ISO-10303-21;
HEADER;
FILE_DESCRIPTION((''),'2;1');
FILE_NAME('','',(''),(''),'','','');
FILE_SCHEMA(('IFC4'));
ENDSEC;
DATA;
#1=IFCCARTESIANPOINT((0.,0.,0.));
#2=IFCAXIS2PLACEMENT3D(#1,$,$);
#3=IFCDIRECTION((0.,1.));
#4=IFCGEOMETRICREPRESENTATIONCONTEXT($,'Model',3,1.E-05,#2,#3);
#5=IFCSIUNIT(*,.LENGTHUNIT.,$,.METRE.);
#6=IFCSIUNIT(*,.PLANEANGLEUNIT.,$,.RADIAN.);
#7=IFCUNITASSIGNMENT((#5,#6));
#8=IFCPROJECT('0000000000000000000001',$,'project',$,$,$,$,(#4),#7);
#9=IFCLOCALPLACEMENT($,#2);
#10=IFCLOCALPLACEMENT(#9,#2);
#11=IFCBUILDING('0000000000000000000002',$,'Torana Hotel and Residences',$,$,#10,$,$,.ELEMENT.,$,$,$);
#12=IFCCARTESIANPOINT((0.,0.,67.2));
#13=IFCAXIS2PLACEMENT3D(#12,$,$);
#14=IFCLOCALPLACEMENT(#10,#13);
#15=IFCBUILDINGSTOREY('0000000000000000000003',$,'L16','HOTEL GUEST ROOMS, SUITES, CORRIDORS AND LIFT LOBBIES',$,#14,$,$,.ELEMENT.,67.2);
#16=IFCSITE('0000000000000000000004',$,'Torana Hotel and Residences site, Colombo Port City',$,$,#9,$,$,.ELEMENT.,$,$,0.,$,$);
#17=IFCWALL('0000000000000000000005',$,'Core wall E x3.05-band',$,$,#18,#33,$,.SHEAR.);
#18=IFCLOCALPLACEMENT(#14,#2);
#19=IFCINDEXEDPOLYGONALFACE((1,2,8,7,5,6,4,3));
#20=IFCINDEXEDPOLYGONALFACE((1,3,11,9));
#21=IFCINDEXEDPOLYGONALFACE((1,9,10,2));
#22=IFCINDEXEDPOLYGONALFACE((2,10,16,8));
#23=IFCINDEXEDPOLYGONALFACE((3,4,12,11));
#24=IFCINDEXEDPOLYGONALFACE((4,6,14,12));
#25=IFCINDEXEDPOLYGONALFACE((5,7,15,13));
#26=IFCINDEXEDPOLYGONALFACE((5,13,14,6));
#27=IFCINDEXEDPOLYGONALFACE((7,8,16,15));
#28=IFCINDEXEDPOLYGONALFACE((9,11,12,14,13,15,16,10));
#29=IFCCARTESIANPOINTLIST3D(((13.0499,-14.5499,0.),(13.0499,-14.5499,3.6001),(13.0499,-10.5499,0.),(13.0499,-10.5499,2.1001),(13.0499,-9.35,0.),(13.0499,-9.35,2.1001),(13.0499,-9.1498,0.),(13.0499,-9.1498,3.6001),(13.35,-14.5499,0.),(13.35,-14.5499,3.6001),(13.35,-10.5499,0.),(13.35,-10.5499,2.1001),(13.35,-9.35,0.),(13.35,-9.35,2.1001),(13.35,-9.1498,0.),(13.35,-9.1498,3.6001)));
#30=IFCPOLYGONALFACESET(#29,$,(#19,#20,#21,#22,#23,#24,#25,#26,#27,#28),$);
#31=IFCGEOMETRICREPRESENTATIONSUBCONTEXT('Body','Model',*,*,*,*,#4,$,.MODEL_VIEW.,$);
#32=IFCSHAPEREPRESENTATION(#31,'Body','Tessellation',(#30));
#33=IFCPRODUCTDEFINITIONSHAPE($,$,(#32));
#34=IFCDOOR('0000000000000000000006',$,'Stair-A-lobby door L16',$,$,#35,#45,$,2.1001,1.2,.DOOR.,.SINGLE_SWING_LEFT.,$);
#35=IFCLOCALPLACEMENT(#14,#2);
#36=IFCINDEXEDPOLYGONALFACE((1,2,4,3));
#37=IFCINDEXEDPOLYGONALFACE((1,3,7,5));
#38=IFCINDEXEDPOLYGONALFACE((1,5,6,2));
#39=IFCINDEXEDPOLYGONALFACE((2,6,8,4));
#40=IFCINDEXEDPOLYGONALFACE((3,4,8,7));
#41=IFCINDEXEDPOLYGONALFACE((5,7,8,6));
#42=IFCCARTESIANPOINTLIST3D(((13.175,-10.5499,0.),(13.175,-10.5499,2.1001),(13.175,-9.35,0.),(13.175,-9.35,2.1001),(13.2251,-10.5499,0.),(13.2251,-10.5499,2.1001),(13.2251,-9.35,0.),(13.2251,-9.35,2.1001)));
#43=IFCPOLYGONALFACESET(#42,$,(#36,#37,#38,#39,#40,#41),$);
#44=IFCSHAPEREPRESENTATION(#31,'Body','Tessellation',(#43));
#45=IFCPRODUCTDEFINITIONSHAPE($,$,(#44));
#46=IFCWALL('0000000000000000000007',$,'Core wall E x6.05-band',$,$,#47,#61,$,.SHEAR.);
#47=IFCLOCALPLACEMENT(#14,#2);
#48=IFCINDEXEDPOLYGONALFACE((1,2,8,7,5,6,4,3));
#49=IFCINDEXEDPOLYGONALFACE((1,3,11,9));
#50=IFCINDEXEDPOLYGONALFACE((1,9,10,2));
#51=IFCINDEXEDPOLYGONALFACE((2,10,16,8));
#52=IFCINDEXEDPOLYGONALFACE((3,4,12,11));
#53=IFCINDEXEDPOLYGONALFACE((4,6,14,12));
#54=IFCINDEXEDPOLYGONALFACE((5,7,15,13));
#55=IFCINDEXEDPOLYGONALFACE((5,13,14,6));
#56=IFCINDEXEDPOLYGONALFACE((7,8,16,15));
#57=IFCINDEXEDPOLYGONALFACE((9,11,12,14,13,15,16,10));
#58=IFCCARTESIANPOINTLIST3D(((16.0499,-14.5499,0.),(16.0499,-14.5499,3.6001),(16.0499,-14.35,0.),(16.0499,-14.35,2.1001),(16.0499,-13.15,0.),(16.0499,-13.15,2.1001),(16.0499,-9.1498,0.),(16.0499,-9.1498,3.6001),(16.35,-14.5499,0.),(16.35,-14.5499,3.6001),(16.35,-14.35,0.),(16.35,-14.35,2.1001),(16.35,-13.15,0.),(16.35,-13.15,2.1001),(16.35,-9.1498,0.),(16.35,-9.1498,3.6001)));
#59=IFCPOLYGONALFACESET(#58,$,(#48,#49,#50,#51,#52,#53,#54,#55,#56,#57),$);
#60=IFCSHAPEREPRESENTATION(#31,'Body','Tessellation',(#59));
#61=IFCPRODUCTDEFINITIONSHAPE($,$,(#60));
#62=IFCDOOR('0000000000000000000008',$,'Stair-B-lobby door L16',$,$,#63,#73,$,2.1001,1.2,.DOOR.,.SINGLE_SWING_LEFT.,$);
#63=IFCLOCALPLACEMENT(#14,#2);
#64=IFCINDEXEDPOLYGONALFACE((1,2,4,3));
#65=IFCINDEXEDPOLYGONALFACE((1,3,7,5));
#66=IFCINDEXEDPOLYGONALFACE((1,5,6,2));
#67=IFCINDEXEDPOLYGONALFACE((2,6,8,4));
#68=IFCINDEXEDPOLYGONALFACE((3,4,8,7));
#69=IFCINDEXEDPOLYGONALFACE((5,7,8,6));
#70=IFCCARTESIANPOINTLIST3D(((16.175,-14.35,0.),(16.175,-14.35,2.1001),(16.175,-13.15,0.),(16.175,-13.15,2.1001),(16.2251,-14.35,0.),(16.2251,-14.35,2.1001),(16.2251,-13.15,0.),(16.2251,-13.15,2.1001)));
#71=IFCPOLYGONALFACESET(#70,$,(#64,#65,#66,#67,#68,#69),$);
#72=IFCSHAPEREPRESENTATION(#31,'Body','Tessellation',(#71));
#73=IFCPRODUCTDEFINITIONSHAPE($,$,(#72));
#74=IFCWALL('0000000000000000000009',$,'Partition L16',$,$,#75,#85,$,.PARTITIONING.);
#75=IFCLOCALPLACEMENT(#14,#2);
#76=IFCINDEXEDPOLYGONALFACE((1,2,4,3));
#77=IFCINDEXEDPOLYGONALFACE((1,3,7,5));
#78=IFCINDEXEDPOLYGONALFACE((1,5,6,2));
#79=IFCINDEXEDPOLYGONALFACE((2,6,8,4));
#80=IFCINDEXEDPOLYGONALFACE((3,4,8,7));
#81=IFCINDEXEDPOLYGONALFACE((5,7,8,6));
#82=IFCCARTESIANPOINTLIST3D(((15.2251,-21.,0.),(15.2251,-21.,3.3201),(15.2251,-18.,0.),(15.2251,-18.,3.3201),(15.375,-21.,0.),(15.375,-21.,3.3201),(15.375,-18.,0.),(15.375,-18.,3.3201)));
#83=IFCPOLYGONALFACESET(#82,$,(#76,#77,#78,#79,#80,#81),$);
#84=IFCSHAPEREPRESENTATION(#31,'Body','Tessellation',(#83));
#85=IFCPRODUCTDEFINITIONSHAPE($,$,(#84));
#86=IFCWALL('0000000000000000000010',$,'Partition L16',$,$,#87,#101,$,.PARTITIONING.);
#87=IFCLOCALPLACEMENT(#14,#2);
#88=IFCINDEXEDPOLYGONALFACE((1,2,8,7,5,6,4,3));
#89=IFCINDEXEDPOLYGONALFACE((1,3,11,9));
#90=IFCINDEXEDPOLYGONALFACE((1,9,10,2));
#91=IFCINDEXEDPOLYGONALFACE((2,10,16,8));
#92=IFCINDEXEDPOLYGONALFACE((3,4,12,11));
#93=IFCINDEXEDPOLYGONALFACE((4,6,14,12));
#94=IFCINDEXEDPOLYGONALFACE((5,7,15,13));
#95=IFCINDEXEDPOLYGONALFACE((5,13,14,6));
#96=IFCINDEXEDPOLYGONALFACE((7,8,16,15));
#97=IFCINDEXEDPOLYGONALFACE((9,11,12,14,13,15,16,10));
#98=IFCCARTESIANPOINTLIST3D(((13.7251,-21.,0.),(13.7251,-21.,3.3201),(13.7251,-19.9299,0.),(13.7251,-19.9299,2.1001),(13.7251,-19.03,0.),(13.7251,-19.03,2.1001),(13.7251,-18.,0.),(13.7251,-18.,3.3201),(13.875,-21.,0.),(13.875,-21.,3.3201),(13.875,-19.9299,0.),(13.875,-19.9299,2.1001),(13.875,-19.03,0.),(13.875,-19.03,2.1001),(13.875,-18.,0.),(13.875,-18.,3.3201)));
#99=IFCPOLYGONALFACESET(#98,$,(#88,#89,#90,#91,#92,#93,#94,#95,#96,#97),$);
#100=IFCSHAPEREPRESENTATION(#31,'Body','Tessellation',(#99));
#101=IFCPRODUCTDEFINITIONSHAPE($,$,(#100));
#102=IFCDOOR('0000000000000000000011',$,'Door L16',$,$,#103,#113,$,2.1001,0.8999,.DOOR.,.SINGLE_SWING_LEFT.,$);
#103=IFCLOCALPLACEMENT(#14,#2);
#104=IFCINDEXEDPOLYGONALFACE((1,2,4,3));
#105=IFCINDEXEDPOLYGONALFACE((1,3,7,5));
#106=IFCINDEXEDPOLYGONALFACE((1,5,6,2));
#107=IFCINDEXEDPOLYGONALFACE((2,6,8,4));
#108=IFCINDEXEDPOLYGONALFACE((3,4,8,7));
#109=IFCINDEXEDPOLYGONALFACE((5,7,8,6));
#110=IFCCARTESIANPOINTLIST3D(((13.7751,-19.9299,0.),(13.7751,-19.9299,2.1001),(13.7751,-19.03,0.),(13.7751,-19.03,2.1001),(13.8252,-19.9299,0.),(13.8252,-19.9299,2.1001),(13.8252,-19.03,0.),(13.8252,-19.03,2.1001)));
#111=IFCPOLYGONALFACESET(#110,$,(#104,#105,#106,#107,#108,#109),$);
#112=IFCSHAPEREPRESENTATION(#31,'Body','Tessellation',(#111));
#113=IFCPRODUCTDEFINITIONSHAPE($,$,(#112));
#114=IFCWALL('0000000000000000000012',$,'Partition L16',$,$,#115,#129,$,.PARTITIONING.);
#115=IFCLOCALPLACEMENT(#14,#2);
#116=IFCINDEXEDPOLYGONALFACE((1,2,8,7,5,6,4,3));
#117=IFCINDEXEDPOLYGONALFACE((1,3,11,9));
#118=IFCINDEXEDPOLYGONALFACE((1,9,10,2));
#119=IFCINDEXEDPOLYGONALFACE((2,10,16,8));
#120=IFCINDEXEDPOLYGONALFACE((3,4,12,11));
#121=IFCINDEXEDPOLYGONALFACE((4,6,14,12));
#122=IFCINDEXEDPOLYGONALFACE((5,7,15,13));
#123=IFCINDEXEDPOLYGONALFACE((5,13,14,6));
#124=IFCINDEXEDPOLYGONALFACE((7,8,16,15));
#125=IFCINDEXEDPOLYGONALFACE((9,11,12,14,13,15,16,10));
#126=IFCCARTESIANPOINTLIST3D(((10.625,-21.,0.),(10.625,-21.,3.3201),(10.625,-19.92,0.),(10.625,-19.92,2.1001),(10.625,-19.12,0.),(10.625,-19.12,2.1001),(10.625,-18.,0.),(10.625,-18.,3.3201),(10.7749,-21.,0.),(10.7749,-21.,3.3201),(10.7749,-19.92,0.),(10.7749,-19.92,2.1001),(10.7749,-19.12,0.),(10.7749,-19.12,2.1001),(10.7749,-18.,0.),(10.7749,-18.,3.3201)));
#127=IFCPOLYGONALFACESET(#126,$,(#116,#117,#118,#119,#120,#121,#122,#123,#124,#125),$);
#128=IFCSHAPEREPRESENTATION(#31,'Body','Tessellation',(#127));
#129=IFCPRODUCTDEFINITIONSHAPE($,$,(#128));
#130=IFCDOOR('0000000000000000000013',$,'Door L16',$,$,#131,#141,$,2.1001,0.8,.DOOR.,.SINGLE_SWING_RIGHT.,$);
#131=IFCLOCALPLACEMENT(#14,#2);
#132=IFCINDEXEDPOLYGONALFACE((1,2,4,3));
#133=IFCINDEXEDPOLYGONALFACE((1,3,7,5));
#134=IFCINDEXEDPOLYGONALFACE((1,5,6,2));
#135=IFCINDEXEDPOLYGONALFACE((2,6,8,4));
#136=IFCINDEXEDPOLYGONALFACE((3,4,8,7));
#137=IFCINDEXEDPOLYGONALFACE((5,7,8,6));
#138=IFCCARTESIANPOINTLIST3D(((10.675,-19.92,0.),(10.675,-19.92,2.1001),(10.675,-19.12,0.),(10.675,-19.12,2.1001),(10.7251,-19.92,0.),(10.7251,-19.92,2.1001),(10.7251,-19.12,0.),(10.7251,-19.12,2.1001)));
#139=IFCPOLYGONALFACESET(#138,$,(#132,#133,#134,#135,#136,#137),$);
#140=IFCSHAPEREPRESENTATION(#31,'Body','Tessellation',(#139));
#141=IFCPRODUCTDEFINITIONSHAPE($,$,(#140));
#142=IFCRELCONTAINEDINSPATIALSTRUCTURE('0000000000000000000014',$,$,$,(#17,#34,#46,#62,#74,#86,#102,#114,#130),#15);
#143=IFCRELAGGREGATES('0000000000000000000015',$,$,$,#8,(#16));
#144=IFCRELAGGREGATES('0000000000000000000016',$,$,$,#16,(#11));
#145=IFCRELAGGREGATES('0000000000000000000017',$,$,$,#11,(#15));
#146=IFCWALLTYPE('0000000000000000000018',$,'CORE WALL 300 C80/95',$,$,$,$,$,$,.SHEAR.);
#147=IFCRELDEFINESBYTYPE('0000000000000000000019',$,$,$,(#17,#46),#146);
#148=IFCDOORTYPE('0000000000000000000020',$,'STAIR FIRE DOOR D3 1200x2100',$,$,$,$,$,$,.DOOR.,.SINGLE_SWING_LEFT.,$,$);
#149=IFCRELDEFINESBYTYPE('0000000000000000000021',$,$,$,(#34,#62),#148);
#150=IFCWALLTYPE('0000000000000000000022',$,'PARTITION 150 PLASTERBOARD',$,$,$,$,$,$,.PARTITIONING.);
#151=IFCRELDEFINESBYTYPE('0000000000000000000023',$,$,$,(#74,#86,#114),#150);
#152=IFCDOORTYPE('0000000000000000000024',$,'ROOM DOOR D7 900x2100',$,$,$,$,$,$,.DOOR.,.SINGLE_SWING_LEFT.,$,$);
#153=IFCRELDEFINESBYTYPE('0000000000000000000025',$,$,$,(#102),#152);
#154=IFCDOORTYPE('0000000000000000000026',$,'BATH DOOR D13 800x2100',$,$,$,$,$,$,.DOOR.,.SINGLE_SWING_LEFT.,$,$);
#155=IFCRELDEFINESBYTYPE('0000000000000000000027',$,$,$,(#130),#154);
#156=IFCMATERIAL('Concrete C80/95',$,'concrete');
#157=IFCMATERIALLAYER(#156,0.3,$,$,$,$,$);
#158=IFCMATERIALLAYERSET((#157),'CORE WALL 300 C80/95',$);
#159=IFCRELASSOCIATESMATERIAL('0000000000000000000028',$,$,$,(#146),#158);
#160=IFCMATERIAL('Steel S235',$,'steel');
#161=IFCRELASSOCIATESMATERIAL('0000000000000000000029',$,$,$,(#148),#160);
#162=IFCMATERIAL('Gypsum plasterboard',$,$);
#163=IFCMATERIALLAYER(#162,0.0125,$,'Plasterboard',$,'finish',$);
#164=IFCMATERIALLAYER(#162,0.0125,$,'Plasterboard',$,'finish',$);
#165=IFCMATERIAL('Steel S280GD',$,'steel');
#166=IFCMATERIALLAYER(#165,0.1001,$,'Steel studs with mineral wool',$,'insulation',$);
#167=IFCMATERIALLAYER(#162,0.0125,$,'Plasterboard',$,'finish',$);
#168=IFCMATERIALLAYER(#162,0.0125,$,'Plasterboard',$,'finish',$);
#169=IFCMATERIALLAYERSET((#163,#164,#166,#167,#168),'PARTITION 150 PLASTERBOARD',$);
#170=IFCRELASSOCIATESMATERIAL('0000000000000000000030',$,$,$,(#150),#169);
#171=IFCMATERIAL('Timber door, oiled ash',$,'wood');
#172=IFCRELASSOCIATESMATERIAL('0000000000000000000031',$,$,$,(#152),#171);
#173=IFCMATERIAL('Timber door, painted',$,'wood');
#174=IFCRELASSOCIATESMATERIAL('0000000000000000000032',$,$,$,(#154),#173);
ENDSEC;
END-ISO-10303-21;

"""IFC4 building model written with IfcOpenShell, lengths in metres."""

from ifc_helpers import new_model, si_unit, direction, frame, frame_2d, origin, place, context, subcontext, project, spatial, rectangle, extrude, material, layer, layer_set, type_object, element, fill, save


model = new_model("IFC4")

# Units and contexts
model_context = context("Model", 3, precision=1e-05, world=origin(), true_north=direction((0.0, 1.0)))
body_context = subcontext(model_context, "Body", "Model", "MODEL_VIEW")
ifc_project = project(units=[si_unit("LENGTHUNIT", "METRE"), si_unit("PLANEANGLEUNIT", "RADIAN")], contexts=[model_context])

# Site, building, storey
site_placement = place(None, origin())
site = spatial("IfcSite", under=ifc_project, at=site_placement, Name="Torana Hotel and Residences site, Colombo Port City", CompositionType="ELEMENT", RefElevation=0.0)
building_placement = place(site_placement, origin())
building = spatial("IfcBuilding", under=site, at=building_placement, Name="Torana Hotel and Residences", CompositionType="ELEMENT")
storey_placement = place(building_placement, frame((0.0, 0.0, 67.2)))
storey = spatial("IfcBuildingStorey", under=building, at=storey_placement, Name="L16", Description="HOTEL GUEST ROOMS, SUITES, CORRIDORS AND LIFT LOBBIES", CompositionType="ELEMENT", Elevation=67.2)

# Walls, openings, doors
ifc_material_1 = material(Name="Concrete C80/95", Category="concrete")
ifc_layer_1 = layer(ifc_material_1, 0.3)
ifc_layer_set_1 = layer_set([ifc_layer_1], Name="CORE WALL 300 C80/95")
wall_type_1 = type_object("IfcWallType", Name="CORE WALL 300 C80/95", PredefinedType="SHEAR", material=ifc_layer_set_1)
wall_1_placement = place(storey_placement, frame((13.2, -14.55, 0.0), z_axis=(0.0, 0.0, 1.0), x_axis=(0.0, 1.0, 0.0)))
wall_1 = element("IfcWall", 1, at=wall_1_placement, inside=storey, type_object=wall_type_1, Name="Core wall E x3.05-band", PredefinedType="SHEAR", context=body_context, shape_type="SweptSolid", body=[
    extrude(rectangle(XDim=5.4001, YDim=0.3, at=frame_2d((2.7002, 0.0))), origin(), (0.0, 0.0, 1.0), 3.6001),
])
opening_1_placement = place(wall_1_placement, frame((4.0, 0.0, 0.0)))
opening_1 = element("IfcOpeningElement", 2, at=opening_1_placement, cuts=wall_1, PredefinedType="OPENING", context=body_context, shape_type="SweptSolid", body=[
    extrude(rectangle(XDim=1.2, YDim=2.1001, at=frame_2d((0.6001, 1.05))), frame((0.0, 0.1599, 0.0), z_axis=(0.0, -1.0, 0.0), x_axis=(1.0, 0.0, 0.0)), (0.0, 0.0, 1.0), 0.3201),
])
ifc_material_2 = material(Name="Steel S235", Category="steel")
door_type_1 = type_object("IfcDoorType", Name="STAIR FIRE DOOR D3 1200x2100", OperationType="SINGLE_SWING_LEFT", PredefinedType="DOOR", material=ifc_material_2)
door_1_placement = place(opening_1_placement, origin())
door_1 = element("IfcDoor", 3, at=door_1_placement, inside=storey, type_object=door_type_1, Name="Stair-A-lobby door L16", OperationType="SINGLE_SWING_LEFT", OverallHeight=2.1001, OverallWidth=1.2, PredefinedType="DOOR", context=body_context, shape_type="SweptSolid", body=[
    extrude(rectangle(XDim=1.2, YDim=2.1001, at=frame_2d((0.6001, 1.05))), frame((0.0, 0.0249, 0.0), z_axis=(0.0, -1.0, 0.0), x_axis=(1.0, 0.0, 0.0)), (0.0, 0.0, 1.0), 0.05),
])
fill(opening_1, door_1)
wall_2_placement = place(storey_placement, frame((16.2, -14.55, 0.0), z_axis=(0.0, 0.0, 1.0), x_axis=(0.0, 1.0, 0.0)))
wall_2 = element("IfcWall", 4, at=wall_2_placement, inside=storey, type_object=wall_type_1, Name="Core wall E x6.05-band", PredefinedType="SHEAR", context=body_context, shape_type="SweptSolid", body=[
    extrude(rectangle(XDim=5.4001, YDim=0.3, at=frame_2d((2.7002, 0.0))), origin(), (0.0, 0.0, 1.0), 3.6001),
])
opening_2_placement = place(wall_2_placement, frame((0.2, 0.0, 0.0)))
opening_2 = element("IfcOpeningElement", 5, at=opening_2_placement, cuts=wall_2, PredefinedType="OPENING", context=body_context, shape_type="SweptSolid", body=[
    extrude(rectangle(XDim=1.2, YDim=2.1001, at=frame_2d((0.6001, 1.05))), frame((0.0, 0.1599, 0.0), z_axis=(0.0, -1.0, 0.0), x_axis=(1.0, 0.0, 0.0)), (0.0, 0.0, 1.0), 0.3201),
])
door_2_placement = place(opening_2_placement, frame((0.6001, 0.0, 0.0), z_axis=(0.0, 0.0, 1.0), x_axis=(-1.0, 0.0, 0.0)))
door_2 = element("IfcDoor", 6, at=door_2_placement, inside=storey, type_object=door_type_1, Name="Stair-B-lobby door L16", OperationType="SINGLE_SWING_LEFT", OverallHeight=2.1001, OverallWidth=1.2, PredefinedType="DOOR", context=body_context, shape_type="SweptSolid", body=[
    extrude(rectangle(XDim=1.2, YDim=2.1001, at=frame_2d((0.0, 1.05))), frame((0.0, -0.0249, 0.0), z_axis=(0.0, 1.0, 0.0), x_axis=(-1.0, 0.0, 0.0)), (0.0, 0.0, 1.0), 0.05),
])
fill(opening_2, door_2)

# Wall
ifc_material_3 = material(Name="Gypsum plasterboard")
ifc_layer_2 = layer(ifc_material_3, 0.0125, Name="Plasterboard", Category="finish")
ifc_layer_3 = layer(ifc_material_3, 0.0125, Name="Plasterboard", Category="finish")
ifc_material_4 = material(Name="Steel S280GD", Category="steel")
ifc_layer_4 = layer(ifc_material_4, 0.1001, Name="Steel studs with mineral wool", Category="insulation")
ifc_layer_5 = layer(ifc_material_3, 0.0125, Name="Plasterboard", Category="finish")
ifc_layer_6 = layer(ifc_material_3, 0.0125, Name="Plasterboard", Category="finish")
ifc_layer_set_2 = layer_set([ifc_layer_2, ifc_layer_3, ifc_layer_4, ifc_layer_5, ifc_layer_6], Name="PARTITION 150 PLASTERBOARD")
wall_type_2 = type_object("IfcWallType", Name="PARTITION 150 PLASTERBOARD", PredefinedType="PARTITIONING", material=ifc_layer_set_2)
wall_3_placement = place(storey_placement, frame((15.3, -21.0, 0.0), z_axis=(0.0, 0.0, 1.0), x_axis=(0.0, 1.0, 0.0)))
element("IfcWall", 7, at=wall_3_placement, inside=storey, type_object=wall_type_2, Name="Partition L16", PredefinedType="PARTITIONING", context=body_context, shape_type="SweptSolid", body=[
    extrude(rectangle(XDim=3.0, YDim=0.1499, at=frame_2d((1.5, 0.0))), origin(), (0.0, 0.0, 1.0), 3.3201),
])

# Walls, openings, doors
wall_4_placement = place(storey_placement, frame((13.8, -21.0, 0.0), z_axis=(0.0, 0.0, 1.0), x_axis=(0.0, 1.0, 0.0)))
wall_4 = element("IfcWall", 8, at=wall_4_placement, inside=storey, type_object=wall_type_2, Name="Partition L16", PredefinedType="PARTITIONING", context=body_context, shape_type="SweptSolid", body=[
    extrude(rectangle(XDim=3.0, YDim=0.1499, at=frame_2d((1.5, 0.0))), origin(), (0.0, 0.0, 1.0), 3.3201),
])
opening_3_placement = place(wall_4_placement, frame((1.0701, 0.0, 0.0)))
opening_3 = element("IfcOpeningElement", 9, at=opening_3_placement, cuts=wall_4, PredefinedType="OPENING", context=body_context, shape_type="SweptSolid", body=[
    extrude(rectangle(XDim=0.8999, YDim=2.1001, at=frame_2d((0.45, 1.05))), frame((0.0, 0.085, 0.0), z_axis=(0.0, -1.0, 0.0), x_axis=(1.0, 0.0, 0.0)), (0.0, 0.0, 1.0), 0.1699),
])
ifc_material_5 = material(Name="Timber door, oiled ash", Category="wood")
door_type_2 = type_object("IfcDoorType", Name="ROOM DOOR D7 900x2100", OperationType="SINGLE_SWING_LEFT", PredefinedType="DOOR", material=ifc_material_5)
door_3_placement = place(opening_3_placement, origin())
door_3 = element("IfcDoor", 10, at=door_3_placement, inside=storey, type_object=door_type_2, Name="Door L16", OperationType="SINGLE_SWING_LEFT", OverallHeight=2.1001, OverallWidth=0.8999, PredefinedType="DOOR", context=body_context, shape_type="SweptSolid", body=[
    extrude(rectangle(XDim=0.8999, YDim=2.1001, at=frame_2d((0.45, 1.05))), frame((0.0, 0.0249, 0.0), z_axis=(0.0, -1.0, 0.0), x_axis=(1.0, 0.0, 0.0)), (0.0, 0.0, 1.0), 0.05),
])
fill(opening_3, door_3)
wall_5_placement = place(storey_placement, frame((10.7, -21.0, 0.0), z_axis=(0.0, 0.0, 1.0), x_axis=(0.0, 1.0, 0.0)))
wall_5 = element("IfcWall", 11, at=wall_5_placement, inside=storey, type_object=wall_type_2, Name="Partition L16", PredefinedType="PARTITIONING", context=body_context, shape_type="SweptSolid", body=[
    extrude(rectangle(XDim=3.0, YDim=0.1499, at=frame_2d((1.5, 0.0))), origin(), (0.0, 0.0, 1.0), 3.3201),
])
opening_4_placement = place(wall_5_placement, frame((1.0801, 0.0, 0.0)))
opening_4 = element("IfcOpeningElement", 12, at=opening_4_placement, cuts=wall_5, PredefinedType="OPENING", context=body_context, shape_type="SweptSolid", body=[
    extrude(rectangle(XDim=0.8, YDim=2.1001, at=frame_2d((0.3999, 1.05))), frame((0.0, 0.085, 0.0), z_axis=(0.0, -1.0, 0.0), x_axis=(1.0, 0.0, 0.0)), (0.0, 0.0, 1.0), 0.1699),
])
ifc_material_6 = material(Name="Timber door, painted", Category="wood")
door_type_3 = type_object("IfcDoorType", Name="BATH DOOR D13 800x2100", OperationType="SINGLE_SWING_LEFT", PredefinedType="DOOR", material=ifc_material_6)
door_4_placement = place(opening_4_placement, origin())
door_4 = element("IfcDoor", 13, at=door_4_placement, inside=storey, type_object=door_type_3, Name="Door L16", OperationType="SINGLE_SWING_RIGHT", OverallHeight=2.1001, OverallWidth=0.8, PredefinedType="DOOR", context=body_context, shape_type="SweptSolid", body=[
    extrude(rectangle(XDim=0.8, YDim=2.1001, at=frame_2d((0.3999, 1.05))), frame((0.0, 0.0249, 0.0), z_axis=(0.0, -1.0, 0.0), x_axis=(1.0, 0.0, 0.0)), (0.0, 0.0, 1.0), 0.05),
])
fill(opening_4, door_4)

save(model, "model.ifc")
